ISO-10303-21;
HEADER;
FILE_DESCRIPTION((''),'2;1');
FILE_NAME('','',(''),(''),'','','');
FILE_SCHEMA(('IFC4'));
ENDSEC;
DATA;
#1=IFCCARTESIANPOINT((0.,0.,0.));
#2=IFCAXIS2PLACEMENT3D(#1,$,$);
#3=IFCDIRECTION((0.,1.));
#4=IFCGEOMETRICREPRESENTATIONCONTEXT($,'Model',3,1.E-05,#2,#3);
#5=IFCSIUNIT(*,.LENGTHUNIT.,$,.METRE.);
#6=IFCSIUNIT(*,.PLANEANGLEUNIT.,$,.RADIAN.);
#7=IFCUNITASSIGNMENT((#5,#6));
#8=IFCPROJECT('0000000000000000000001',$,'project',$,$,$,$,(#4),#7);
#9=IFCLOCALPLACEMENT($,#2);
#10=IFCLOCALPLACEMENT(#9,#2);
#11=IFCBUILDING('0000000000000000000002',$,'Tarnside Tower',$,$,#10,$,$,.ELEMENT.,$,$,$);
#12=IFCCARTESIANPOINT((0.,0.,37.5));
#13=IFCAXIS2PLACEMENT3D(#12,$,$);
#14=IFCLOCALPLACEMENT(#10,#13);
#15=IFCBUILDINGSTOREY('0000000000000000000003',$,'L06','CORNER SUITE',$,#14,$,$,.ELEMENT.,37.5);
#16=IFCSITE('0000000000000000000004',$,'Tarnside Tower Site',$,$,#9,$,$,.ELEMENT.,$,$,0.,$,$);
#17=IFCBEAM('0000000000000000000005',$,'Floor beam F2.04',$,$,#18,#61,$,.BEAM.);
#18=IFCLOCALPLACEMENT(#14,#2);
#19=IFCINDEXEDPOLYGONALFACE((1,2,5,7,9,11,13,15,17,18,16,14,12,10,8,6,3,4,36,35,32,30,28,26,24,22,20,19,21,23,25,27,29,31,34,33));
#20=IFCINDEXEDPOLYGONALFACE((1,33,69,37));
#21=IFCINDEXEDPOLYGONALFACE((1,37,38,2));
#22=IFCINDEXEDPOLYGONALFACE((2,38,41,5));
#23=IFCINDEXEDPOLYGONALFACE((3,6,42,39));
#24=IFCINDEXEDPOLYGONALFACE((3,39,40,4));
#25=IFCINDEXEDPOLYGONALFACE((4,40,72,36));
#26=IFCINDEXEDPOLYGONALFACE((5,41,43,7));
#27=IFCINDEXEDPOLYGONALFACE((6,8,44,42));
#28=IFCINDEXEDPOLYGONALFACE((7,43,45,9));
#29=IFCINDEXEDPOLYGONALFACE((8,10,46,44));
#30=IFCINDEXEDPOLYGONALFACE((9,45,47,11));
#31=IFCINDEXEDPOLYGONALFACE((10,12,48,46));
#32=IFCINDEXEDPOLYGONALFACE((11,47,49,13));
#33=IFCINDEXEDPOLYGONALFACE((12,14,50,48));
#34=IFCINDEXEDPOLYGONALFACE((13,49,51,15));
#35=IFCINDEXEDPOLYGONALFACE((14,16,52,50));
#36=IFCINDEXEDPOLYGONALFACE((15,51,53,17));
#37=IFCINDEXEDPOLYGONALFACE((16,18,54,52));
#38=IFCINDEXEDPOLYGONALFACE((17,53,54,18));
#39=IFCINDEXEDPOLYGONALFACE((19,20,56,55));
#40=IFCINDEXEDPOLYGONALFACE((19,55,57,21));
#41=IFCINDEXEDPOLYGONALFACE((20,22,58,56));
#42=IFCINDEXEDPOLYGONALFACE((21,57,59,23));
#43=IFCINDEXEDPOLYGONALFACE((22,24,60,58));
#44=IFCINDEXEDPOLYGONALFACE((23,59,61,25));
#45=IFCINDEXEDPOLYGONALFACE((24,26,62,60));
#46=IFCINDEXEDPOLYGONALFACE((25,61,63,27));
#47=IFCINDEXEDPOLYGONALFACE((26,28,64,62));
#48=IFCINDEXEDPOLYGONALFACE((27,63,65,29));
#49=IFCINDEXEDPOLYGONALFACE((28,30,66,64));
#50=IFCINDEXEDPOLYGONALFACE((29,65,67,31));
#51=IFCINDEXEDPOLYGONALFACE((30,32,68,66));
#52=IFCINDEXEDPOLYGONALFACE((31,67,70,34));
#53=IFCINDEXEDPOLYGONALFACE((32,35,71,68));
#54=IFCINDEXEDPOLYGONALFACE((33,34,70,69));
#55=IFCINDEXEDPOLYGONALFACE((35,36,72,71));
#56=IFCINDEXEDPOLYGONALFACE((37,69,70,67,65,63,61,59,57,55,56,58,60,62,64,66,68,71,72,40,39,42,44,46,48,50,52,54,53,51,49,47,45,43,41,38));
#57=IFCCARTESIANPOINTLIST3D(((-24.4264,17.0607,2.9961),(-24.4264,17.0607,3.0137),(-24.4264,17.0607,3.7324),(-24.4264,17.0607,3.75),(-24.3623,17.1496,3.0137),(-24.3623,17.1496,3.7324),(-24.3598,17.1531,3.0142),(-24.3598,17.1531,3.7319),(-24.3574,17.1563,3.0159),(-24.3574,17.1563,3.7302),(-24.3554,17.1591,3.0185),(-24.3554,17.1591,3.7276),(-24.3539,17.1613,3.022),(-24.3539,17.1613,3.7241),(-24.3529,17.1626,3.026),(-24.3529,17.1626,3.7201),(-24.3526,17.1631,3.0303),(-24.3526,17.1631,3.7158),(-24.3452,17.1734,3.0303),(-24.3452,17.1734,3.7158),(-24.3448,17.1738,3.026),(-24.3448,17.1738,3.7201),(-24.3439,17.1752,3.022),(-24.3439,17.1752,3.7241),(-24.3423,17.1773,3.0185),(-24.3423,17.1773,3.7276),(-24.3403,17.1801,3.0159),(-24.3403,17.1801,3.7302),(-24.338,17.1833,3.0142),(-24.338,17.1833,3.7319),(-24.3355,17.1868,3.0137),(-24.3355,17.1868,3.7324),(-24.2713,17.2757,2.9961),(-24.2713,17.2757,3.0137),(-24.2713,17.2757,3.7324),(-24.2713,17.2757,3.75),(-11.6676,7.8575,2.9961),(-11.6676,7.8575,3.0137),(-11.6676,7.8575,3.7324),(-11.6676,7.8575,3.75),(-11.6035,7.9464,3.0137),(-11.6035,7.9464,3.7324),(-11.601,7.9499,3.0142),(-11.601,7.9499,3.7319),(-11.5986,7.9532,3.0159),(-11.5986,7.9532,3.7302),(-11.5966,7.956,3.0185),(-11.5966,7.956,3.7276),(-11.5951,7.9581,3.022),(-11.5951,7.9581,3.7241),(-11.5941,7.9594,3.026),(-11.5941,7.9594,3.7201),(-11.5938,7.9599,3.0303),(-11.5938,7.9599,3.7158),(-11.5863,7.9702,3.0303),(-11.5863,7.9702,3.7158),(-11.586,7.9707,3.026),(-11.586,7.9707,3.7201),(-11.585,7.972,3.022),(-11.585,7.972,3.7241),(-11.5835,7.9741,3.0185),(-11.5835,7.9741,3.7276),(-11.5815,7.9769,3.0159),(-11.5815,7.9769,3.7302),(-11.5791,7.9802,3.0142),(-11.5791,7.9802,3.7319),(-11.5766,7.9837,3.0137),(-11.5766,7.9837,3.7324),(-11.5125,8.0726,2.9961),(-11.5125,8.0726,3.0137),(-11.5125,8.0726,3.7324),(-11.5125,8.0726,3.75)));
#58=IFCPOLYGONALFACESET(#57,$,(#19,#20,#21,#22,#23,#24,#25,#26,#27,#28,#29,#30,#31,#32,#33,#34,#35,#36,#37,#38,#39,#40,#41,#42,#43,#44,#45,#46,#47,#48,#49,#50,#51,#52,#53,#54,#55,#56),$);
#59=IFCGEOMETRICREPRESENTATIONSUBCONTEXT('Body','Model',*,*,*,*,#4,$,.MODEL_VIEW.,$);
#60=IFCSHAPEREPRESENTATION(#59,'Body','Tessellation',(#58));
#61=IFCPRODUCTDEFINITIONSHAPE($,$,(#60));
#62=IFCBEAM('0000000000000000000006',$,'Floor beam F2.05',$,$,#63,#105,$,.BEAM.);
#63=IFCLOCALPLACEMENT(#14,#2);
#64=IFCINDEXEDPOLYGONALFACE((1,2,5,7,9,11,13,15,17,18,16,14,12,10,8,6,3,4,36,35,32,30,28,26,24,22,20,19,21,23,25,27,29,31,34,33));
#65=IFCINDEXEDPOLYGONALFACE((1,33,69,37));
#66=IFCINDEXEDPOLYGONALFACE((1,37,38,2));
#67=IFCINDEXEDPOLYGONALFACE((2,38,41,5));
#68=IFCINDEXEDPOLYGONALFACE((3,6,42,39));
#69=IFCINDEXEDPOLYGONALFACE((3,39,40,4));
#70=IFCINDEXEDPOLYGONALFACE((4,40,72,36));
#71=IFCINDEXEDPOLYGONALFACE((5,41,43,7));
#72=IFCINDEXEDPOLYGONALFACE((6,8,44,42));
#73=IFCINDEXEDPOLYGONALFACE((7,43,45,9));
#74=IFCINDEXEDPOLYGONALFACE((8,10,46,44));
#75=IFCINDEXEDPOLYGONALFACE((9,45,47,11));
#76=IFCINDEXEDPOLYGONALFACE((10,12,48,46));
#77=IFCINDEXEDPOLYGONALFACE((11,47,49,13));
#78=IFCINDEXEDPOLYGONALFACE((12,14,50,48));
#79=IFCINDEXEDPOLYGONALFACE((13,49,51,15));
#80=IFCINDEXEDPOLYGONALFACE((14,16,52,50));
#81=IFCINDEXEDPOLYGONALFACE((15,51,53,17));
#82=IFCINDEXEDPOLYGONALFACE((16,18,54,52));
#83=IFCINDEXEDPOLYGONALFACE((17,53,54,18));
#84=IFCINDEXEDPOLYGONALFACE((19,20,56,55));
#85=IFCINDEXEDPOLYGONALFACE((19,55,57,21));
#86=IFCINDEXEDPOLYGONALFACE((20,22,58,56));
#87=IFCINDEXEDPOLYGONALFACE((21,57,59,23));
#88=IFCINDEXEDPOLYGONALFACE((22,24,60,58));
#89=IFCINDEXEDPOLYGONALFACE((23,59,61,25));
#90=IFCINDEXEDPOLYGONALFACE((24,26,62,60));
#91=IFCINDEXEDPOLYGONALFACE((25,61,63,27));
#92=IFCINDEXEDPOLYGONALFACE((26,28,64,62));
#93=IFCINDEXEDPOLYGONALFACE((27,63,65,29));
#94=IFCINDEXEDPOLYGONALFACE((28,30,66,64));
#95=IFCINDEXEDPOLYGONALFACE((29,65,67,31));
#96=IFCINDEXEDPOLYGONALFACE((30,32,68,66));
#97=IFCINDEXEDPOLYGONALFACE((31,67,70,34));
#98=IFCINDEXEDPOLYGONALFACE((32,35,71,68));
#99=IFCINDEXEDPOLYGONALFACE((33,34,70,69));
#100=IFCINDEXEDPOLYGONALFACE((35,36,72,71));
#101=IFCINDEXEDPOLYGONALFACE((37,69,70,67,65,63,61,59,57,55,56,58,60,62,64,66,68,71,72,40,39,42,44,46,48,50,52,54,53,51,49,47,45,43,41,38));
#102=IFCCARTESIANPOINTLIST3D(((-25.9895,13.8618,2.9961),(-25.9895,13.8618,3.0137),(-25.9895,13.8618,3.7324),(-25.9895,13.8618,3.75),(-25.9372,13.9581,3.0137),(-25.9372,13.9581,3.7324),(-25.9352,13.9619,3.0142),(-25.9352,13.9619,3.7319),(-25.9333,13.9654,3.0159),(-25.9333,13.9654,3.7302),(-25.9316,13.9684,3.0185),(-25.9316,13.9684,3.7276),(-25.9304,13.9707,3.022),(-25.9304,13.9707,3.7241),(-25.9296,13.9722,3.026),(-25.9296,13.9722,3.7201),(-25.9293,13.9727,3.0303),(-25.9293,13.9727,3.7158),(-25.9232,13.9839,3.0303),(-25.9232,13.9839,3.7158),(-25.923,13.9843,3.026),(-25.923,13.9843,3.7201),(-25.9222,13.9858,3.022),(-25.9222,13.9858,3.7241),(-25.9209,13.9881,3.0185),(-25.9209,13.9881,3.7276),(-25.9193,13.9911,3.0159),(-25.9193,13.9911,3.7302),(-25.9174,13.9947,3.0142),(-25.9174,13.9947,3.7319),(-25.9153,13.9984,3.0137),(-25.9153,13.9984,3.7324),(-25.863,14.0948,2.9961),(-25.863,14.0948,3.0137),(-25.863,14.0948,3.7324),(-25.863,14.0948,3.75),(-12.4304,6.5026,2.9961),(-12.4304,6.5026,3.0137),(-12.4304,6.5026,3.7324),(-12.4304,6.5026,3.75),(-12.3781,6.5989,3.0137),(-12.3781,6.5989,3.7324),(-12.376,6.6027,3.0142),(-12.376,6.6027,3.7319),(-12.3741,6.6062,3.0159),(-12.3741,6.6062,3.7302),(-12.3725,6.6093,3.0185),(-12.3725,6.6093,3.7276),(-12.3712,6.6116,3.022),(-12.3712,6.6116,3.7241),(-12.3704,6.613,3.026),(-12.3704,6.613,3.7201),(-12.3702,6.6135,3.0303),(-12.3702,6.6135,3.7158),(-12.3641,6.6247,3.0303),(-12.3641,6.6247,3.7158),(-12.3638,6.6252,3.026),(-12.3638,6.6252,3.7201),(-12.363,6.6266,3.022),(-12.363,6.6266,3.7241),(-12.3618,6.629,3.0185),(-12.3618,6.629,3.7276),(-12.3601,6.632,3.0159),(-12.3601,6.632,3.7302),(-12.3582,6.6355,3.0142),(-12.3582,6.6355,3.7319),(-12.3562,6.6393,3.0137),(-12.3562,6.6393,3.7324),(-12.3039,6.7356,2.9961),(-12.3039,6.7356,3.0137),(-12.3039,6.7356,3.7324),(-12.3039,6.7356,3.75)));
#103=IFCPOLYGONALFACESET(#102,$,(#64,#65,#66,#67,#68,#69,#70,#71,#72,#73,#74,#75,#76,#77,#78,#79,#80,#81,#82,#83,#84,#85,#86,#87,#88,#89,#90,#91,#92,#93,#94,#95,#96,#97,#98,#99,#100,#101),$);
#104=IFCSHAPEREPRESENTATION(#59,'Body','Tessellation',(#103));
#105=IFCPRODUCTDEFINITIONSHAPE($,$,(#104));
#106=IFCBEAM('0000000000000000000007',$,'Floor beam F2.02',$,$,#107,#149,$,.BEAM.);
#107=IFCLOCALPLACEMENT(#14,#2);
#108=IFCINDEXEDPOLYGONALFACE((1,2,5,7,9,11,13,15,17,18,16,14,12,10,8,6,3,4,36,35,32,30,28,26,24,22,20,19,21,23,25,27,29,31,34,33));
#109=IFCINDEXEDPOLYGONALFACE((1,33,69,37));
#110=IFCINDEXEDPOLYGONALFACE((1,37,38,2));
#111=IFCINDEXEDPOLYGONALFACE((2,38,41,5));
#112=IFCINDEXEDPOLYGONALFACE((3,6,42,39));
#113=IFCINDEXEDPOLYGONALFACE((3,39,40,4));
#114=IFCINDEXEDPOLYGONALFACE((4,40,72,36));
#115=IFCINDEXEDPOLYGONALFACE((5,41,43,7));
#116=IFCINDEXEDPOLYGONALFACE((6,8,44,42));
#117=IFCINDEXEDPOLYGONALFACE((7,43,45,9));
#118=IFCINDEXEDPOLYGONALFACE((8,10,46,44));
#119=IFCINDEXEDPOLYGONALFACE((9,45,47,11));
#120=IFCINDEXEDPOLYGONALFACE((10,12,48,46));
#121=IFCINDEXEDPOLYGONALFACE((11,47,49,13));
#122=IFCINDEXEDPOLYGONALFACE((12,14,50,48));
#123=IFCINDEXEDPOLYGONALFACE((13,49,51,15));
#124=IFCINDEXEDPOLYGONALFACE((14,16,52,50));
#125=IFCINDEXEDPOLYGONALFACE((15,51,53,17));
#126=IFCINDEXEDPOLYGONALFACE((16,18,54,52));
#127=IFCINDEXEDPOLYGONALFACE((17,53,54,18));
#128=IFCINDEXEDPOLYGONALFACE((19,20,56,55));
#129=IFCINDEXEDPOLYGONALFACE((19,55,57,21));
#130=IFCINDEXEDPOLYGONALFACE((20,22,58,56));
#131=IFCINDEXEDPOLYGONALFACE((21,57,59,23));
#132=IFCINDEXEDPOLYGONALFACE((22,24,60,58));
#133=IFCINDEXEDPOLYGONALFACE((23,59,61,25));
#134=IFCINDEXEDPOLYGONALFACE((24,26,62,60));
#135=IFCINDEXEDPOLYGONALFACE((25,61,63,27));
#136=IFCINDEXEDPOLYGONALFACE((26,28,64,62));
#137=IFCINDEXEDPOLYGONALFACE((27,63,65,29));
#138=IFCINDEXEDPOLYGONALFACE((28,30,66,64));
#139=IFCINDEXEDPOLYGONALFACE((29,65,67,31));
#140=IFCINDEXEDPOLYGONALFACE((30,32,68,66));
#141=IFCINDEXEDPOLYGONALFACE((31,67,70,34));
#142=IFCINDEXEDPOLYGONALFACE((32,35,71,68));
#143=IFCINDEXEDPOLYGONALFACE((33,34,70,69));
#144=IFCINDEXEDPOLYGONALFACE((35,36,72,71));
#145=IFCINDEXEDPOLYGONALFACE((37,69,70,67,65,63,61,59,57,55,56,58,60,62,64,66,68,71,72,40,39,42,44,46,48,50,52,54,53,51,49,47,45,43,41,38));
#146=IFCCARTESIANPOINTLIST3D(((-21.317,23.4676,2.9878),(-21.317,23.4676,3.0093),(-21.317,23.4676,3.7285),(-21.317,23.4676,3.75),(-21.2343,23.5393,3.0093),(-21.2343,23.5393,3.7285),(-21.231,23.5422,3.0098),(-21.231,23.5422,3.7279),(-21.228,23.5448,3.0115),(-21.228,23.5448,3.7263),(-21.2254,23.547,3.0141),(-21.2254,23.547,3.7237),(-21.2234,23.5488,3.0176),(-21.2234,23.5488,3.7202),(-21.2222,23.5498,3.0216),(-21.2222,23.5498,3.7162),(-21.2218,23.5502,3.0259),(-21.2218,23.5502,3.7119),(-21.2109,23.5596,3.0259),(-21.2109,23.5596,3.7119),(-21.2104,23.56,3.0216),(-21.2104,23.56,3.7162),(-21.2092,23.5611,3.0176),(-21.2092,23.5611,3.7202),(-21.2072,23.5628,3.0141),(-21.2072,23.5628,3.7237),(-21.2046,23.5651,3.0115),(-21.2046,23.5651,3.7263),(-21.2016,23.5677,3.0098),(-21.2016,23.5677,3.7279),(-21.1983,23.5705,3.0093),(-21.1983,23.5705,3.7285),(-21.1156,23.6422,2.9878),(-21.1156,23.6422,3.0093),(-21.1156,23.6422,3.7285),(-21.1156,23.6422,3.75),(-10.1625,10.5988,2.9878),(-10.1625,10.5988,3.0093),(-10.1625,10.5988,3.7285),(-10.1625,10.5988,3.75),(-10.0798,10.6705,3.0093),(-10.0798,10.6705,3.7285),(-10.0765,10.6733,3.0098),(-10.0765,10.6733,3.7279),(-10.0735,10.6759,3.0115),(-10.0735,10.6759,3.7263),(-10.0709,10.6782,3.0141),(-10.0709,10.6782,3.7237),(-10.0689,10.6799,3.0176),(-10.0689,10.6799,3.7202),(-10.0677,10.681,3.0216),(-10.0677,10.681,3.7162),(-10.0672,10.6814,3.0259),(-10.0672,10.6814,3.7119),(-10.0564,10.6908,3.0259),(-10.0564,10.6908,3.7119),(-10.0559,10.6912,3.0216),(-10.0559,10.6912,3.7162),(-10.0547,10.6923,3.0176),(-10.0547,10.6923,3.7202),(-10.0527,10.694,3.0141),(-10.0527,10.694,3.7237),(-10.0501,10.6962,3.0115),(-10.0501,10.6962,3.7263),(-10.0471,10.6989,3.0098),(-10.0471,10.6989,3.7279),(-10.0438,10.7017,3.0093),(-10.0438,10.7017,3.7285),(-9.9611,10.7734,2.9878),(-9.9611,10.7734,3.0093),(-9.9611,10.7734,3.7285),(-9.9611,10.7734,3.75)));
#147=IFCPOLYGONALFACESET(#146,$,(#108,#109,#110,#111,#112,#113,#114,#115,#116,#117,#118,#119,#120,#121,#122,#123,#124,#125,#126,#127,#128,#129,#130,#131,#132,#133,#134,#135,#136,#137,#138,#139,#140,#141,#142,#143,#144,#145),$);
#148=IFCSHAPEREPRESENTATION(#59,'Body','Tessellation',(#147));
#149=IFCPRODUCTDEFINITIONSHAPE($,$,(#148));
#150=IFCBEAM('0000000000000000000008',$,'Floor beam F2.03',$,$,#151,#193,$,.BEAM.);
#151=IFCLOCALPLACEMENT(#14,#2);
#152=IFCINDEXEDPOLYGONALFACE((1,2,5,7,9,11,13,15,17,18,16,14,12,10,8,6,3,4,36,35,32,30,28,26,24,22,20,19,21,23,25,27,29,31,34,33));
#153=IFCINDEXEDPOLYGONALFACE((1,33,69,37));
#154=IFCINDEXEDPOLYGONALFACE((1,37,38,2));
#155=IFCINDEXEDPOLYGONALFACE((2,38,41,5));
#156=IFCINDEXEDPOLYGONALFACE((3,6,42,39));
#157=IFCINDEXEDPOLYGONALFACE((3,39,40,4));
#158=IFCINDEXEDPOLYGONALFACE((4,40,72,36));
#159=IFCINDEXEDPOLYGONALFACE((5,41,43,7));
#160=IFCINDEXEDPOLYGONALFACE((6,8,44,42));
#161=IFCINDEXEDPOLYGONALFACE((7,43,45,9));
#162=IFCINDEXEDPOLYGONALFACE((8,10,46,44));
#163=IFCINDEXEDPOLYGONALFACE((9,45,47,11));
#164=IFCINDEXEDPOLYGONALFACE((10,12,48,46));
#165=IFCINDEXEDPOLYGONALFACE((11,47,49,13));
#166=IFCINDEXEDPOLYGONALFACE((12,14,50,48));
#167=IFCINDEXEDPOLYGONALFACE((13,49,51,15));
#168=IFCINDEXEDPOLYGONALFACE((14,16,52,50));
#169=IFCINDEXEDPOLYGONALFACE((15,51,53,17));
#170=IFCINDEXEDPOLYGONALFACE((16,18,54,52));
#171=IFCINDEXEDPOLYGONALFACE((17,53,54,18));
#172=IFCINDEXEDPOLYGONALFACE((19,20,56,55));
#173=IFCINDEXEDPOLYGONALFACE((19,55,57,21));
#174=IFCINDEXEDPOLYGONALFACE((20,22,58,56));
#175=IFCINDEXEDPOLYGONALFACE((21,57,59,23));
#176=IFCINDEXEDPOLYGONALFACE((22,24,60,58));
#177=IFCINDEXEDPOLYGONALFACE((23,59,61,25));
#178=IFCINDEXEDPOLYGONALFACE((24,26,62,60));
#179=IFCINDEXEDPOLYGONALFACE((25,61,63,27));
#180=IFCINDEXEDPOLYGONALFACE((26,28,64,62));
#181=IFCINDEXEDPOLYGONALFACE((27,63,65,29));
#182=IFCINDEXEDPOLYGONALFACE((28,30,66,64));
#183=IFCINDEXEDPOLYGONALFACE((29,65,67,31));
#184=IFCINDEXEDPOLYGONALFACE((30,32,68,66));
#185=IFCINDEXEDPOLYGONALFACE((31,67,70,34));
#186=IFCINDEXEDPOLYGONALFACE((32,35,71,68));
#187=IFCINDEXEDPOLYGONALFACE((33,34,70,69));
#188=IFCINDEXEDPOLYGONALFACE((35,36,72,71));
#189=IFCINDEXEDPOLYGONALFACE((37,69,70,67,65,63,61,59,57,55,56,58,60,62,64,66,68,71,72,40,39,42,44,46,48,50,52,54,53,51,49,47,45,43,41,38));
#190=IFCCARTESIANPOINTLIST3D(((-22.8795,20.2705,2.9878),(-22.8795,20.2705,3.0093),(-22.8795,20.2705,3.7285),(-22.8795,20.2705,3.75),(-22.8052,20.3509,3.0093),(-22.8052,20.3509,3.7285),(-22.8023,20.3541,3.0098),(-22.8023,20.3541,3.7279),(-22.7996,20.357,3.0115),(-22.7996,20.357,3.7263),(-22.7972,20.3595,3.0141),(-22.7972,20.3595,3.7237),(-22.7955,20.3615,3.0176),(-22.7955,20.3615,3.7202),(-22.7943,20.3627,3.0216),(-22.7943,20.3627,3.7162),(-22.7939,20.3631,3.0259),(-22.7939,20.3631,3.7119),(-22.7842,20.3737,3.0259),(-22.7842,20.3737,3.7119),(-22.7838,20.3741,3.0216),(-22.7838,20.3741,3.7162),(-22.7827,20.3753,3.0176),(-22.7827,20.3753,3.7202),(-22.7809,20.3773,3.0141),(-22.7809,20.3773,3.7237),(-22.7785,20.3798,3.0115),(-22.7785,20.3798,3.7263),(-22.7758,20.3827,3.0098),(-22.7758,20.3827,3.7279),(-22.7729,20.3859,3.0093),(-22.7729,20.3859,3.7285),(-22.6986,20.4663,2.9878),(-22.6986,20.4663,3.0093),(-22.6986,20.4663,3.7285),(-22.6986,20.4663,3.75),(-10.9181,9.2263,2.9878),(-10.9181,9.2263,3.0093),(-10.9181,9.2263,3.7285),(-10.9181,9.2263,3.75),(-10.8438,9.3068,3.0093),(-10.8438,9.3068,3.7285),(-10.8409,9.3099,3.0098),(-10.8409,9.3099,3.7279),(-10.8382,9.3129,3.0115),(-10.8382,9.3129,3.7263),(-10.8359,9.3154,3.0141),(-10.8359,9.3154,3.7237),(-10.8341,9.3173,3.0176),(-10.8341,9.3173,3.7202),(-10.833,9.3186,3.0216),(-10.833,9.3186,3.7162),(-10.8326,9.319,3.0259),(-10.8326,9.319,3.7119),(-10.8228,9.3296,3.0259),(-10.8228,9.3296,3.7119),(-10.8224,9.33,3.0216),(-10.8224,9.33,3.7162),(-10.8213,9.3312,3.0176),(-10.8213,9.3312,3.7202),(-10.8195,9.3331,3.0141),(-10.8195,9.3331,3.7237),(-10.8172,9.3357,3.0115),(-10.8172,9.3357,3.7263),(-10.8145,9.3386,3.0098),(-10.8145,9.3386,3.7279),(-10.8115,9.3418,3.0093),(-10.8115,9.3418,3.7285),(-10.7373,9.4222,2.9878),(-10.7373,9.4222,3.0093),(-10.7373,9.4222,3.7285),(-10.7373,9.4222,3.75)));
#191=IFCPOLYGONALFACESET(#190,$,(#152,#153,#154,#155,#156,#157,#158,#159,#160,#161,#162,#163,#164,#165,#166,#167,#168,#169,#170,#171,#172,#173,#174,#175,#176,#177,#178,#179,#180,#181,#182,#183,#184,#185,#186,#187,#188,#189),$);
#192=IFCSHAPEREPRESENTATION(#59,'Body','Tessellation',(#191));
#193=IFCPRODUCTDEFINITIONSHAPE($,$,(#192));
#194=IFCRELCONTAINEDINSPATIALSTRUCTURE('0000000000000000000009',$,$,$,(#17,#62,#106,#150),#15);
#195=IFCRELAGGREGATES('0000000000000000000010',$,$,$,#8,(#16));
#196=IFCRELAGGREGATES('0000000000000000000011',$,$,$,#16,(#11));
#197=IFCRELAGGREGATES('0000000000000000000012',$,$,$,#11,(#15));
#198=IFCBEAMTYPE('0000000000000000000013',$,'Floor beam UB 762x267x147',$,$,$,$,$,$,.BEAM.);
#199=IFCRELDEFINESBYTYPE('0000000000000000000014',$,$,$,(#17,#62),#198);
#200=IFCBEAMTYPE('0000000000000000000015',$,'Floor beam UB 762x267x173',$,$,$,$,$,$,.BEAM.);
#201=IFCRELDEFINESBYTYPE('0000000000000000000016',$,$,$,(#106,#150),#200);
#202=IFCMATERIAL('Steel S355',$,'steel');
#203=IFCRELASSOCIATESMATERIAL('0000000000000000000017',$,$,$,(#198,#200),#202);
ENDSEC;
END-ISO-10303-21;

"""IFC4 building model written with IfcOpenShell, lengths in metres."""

from ifc_helpers import new_model, si_unit, direction, frame, origin, origin_2d, place, context, subcontext, project, spatial, i_section, extrude, material, material_profile, profile_set, type_object, element, save


model = new_model("IFC4")

# Units and contexts
model_context = context("Model", 3, precision=1e-05, world=origin(), true_north=direction((0.0, 1.0)))
body_context = subcontext(model_context, "Body", "Model", "MODEL_VIEW")
ifc_project = project(units=[si_unit("LENGTHUNIT", "METRE"), si_unit("PLANEANGLEUNIT", "RADIAN")], contexts=[model_context])

# Site, building, storey
site_placement = place(None, origin())
site = spatial("IfcSite", under=ifc_project, at=site_placement, Name="Tarnside Tower Site", CompositionType="ELEMENT", RefElevation=0.0)
building_placement = place(site_placement, origin())
building = spatial("IfcBuilding", under=site, at=building_placement, Name="Tarnside Tower", CompositionType="ELEMENT")
storey_placement = place(building_placement, frame((0.0, 0.0, 37.5)))
storey = spatial("IfcBuildingStorey", under=building, at=storey_placement, Name="L06", Description="CORNER SUITE", CompositionType="ELEMENT", Elevation=37.5)

# Beams
ifc_material_1 = material(Name="Steel S355", Category="steel")
ifc_material_profile_1 = material_profile(ifc_material_1, i_section(OverallWidth=0.2651, OverallDepth=0.7539, WebThickness=0.0127, FlangeThickness=0.0176, FilletRadius=0.0166, at=origin_2d()), Name="UB 762x267x147")
ifc_profile_set_1 = profile_set([ifc_material_profile_1], Name="Steel S355")
beam_type_1 = type_object("IfcBeamType", Name="Floor beam UB 762x267x147", PredefinedType="BEAM", material=ifc_profile_set_1)
beam_1_placement = place(storey_placement, frame((-24.3489, 17.1682, 3.373), z_axis=(0.811028, -0.585008, 0.0), x_axis=(0.585008, 0.811028, 0.0)))
element("IfcBeam", 1, at=beam_1_placement, inside=storey, type_object=beam_type_1, Name="Floor beam F2.04", PredefinedType="BEAM", context=body_context, shape_type="SweptSolid", body=[
    extrude(i_section(OverallWidth=0.2651, OverallDepth=0.7539, WebThickness=0.0127, FlangeThickness=0.0176, FilletRadius=0.0166, at=origin_2d()), origin(), (0.0, 0.0, 1.0), 15.7317),
])
beam_2_placement = place(storey_placement, frame((-25.9263, 13.9783, 3.373), z_axis=(0.878895, -0.477016, 0.0), x_axis=(0.477016, 0.878895, 0.0)))
element("IfcBeam", 2, at=beam_2_placement, inside=storey, type_object=beam_type_1, Name="Floor beam F2.05", PredefinedType="BEAM", context=body_context, shape_type="SweptSolid", body=[
    extrude(i_section(OverallWidth=0.2651, OverallDepth=0.7539, WebThickness=0.0127, FlangeThickness=0.0176, FilletRadius=0.0166, at=origin_2d()), origin(), (0.0, 0.0, 1.0), 15.4275),
])
ifc_material_profile_2 = material_profile(ifc_material_1, i_section(OverallWidth=0.2666, OverallDepth=0.7622, WebThickness=0.0144, FlangeThickness=0.0215, FilletRadius=0.0166, at=origin_2d()), Name="UB 762x267x173")
ifc_profile_set_2 = profile_set([ifc_material_profile_2], Name="Steel S355")
beam_type_2 = type_object("IfcBeamType", Name="Floor beam UB 762x267x173", PredefinedType="BEAM", material=ifc_profile_set_2)
beam_3_placement = place(storey_placement, frame((-21.2163, 23.5549, 3.3689), z_axis=(0.654981, -0.755646, 0.0), x_axis=(0.755646, 0.654981, 0.0)))
element("IfcBeam", 3, at=beam_3_placement, inside=storey, type_object=beam_type_2, Name="Floor beam F2.02", PredefinedType="BEAM", context=body_context, shape_type="SweptSolid", body=[
    extrude(i_section(OverallWidth=0.2666, OverallDepth=0.7622, WebThickness=0.0144, FlangeThickness=0.0215, FilletRadius=0.0166, at=origin_2d()), origin(), (0.0, 0.0, 1.0), 17.0303),
])
beam_4_placement = place(storey_placement, frame((-22.7891, 20.3684, 3.3689), z_axis=(0.734715, -0.678375, 0.0), x_axis=(0.678375, 0.734715, 0.0)))
element("IfcBeam", 4, at=beam_4_placement, inside=storey, type_object=beam_type_2, Name="Floor beam F2.03", PredefinedType="BEAM", context=body_context, shape_type="SweptSolid", body=[
    extrude(i_section(OverallWidth=0.2666, OverallDepth=0.7622, WebThickness=0.0144, FlangeThickness=0.0215, FilletRadius=0.0166, at=origin_2d()), origin(), (0.0, 0.0, 1.0), 16.2803),
])

save(model, "model.ifc")
